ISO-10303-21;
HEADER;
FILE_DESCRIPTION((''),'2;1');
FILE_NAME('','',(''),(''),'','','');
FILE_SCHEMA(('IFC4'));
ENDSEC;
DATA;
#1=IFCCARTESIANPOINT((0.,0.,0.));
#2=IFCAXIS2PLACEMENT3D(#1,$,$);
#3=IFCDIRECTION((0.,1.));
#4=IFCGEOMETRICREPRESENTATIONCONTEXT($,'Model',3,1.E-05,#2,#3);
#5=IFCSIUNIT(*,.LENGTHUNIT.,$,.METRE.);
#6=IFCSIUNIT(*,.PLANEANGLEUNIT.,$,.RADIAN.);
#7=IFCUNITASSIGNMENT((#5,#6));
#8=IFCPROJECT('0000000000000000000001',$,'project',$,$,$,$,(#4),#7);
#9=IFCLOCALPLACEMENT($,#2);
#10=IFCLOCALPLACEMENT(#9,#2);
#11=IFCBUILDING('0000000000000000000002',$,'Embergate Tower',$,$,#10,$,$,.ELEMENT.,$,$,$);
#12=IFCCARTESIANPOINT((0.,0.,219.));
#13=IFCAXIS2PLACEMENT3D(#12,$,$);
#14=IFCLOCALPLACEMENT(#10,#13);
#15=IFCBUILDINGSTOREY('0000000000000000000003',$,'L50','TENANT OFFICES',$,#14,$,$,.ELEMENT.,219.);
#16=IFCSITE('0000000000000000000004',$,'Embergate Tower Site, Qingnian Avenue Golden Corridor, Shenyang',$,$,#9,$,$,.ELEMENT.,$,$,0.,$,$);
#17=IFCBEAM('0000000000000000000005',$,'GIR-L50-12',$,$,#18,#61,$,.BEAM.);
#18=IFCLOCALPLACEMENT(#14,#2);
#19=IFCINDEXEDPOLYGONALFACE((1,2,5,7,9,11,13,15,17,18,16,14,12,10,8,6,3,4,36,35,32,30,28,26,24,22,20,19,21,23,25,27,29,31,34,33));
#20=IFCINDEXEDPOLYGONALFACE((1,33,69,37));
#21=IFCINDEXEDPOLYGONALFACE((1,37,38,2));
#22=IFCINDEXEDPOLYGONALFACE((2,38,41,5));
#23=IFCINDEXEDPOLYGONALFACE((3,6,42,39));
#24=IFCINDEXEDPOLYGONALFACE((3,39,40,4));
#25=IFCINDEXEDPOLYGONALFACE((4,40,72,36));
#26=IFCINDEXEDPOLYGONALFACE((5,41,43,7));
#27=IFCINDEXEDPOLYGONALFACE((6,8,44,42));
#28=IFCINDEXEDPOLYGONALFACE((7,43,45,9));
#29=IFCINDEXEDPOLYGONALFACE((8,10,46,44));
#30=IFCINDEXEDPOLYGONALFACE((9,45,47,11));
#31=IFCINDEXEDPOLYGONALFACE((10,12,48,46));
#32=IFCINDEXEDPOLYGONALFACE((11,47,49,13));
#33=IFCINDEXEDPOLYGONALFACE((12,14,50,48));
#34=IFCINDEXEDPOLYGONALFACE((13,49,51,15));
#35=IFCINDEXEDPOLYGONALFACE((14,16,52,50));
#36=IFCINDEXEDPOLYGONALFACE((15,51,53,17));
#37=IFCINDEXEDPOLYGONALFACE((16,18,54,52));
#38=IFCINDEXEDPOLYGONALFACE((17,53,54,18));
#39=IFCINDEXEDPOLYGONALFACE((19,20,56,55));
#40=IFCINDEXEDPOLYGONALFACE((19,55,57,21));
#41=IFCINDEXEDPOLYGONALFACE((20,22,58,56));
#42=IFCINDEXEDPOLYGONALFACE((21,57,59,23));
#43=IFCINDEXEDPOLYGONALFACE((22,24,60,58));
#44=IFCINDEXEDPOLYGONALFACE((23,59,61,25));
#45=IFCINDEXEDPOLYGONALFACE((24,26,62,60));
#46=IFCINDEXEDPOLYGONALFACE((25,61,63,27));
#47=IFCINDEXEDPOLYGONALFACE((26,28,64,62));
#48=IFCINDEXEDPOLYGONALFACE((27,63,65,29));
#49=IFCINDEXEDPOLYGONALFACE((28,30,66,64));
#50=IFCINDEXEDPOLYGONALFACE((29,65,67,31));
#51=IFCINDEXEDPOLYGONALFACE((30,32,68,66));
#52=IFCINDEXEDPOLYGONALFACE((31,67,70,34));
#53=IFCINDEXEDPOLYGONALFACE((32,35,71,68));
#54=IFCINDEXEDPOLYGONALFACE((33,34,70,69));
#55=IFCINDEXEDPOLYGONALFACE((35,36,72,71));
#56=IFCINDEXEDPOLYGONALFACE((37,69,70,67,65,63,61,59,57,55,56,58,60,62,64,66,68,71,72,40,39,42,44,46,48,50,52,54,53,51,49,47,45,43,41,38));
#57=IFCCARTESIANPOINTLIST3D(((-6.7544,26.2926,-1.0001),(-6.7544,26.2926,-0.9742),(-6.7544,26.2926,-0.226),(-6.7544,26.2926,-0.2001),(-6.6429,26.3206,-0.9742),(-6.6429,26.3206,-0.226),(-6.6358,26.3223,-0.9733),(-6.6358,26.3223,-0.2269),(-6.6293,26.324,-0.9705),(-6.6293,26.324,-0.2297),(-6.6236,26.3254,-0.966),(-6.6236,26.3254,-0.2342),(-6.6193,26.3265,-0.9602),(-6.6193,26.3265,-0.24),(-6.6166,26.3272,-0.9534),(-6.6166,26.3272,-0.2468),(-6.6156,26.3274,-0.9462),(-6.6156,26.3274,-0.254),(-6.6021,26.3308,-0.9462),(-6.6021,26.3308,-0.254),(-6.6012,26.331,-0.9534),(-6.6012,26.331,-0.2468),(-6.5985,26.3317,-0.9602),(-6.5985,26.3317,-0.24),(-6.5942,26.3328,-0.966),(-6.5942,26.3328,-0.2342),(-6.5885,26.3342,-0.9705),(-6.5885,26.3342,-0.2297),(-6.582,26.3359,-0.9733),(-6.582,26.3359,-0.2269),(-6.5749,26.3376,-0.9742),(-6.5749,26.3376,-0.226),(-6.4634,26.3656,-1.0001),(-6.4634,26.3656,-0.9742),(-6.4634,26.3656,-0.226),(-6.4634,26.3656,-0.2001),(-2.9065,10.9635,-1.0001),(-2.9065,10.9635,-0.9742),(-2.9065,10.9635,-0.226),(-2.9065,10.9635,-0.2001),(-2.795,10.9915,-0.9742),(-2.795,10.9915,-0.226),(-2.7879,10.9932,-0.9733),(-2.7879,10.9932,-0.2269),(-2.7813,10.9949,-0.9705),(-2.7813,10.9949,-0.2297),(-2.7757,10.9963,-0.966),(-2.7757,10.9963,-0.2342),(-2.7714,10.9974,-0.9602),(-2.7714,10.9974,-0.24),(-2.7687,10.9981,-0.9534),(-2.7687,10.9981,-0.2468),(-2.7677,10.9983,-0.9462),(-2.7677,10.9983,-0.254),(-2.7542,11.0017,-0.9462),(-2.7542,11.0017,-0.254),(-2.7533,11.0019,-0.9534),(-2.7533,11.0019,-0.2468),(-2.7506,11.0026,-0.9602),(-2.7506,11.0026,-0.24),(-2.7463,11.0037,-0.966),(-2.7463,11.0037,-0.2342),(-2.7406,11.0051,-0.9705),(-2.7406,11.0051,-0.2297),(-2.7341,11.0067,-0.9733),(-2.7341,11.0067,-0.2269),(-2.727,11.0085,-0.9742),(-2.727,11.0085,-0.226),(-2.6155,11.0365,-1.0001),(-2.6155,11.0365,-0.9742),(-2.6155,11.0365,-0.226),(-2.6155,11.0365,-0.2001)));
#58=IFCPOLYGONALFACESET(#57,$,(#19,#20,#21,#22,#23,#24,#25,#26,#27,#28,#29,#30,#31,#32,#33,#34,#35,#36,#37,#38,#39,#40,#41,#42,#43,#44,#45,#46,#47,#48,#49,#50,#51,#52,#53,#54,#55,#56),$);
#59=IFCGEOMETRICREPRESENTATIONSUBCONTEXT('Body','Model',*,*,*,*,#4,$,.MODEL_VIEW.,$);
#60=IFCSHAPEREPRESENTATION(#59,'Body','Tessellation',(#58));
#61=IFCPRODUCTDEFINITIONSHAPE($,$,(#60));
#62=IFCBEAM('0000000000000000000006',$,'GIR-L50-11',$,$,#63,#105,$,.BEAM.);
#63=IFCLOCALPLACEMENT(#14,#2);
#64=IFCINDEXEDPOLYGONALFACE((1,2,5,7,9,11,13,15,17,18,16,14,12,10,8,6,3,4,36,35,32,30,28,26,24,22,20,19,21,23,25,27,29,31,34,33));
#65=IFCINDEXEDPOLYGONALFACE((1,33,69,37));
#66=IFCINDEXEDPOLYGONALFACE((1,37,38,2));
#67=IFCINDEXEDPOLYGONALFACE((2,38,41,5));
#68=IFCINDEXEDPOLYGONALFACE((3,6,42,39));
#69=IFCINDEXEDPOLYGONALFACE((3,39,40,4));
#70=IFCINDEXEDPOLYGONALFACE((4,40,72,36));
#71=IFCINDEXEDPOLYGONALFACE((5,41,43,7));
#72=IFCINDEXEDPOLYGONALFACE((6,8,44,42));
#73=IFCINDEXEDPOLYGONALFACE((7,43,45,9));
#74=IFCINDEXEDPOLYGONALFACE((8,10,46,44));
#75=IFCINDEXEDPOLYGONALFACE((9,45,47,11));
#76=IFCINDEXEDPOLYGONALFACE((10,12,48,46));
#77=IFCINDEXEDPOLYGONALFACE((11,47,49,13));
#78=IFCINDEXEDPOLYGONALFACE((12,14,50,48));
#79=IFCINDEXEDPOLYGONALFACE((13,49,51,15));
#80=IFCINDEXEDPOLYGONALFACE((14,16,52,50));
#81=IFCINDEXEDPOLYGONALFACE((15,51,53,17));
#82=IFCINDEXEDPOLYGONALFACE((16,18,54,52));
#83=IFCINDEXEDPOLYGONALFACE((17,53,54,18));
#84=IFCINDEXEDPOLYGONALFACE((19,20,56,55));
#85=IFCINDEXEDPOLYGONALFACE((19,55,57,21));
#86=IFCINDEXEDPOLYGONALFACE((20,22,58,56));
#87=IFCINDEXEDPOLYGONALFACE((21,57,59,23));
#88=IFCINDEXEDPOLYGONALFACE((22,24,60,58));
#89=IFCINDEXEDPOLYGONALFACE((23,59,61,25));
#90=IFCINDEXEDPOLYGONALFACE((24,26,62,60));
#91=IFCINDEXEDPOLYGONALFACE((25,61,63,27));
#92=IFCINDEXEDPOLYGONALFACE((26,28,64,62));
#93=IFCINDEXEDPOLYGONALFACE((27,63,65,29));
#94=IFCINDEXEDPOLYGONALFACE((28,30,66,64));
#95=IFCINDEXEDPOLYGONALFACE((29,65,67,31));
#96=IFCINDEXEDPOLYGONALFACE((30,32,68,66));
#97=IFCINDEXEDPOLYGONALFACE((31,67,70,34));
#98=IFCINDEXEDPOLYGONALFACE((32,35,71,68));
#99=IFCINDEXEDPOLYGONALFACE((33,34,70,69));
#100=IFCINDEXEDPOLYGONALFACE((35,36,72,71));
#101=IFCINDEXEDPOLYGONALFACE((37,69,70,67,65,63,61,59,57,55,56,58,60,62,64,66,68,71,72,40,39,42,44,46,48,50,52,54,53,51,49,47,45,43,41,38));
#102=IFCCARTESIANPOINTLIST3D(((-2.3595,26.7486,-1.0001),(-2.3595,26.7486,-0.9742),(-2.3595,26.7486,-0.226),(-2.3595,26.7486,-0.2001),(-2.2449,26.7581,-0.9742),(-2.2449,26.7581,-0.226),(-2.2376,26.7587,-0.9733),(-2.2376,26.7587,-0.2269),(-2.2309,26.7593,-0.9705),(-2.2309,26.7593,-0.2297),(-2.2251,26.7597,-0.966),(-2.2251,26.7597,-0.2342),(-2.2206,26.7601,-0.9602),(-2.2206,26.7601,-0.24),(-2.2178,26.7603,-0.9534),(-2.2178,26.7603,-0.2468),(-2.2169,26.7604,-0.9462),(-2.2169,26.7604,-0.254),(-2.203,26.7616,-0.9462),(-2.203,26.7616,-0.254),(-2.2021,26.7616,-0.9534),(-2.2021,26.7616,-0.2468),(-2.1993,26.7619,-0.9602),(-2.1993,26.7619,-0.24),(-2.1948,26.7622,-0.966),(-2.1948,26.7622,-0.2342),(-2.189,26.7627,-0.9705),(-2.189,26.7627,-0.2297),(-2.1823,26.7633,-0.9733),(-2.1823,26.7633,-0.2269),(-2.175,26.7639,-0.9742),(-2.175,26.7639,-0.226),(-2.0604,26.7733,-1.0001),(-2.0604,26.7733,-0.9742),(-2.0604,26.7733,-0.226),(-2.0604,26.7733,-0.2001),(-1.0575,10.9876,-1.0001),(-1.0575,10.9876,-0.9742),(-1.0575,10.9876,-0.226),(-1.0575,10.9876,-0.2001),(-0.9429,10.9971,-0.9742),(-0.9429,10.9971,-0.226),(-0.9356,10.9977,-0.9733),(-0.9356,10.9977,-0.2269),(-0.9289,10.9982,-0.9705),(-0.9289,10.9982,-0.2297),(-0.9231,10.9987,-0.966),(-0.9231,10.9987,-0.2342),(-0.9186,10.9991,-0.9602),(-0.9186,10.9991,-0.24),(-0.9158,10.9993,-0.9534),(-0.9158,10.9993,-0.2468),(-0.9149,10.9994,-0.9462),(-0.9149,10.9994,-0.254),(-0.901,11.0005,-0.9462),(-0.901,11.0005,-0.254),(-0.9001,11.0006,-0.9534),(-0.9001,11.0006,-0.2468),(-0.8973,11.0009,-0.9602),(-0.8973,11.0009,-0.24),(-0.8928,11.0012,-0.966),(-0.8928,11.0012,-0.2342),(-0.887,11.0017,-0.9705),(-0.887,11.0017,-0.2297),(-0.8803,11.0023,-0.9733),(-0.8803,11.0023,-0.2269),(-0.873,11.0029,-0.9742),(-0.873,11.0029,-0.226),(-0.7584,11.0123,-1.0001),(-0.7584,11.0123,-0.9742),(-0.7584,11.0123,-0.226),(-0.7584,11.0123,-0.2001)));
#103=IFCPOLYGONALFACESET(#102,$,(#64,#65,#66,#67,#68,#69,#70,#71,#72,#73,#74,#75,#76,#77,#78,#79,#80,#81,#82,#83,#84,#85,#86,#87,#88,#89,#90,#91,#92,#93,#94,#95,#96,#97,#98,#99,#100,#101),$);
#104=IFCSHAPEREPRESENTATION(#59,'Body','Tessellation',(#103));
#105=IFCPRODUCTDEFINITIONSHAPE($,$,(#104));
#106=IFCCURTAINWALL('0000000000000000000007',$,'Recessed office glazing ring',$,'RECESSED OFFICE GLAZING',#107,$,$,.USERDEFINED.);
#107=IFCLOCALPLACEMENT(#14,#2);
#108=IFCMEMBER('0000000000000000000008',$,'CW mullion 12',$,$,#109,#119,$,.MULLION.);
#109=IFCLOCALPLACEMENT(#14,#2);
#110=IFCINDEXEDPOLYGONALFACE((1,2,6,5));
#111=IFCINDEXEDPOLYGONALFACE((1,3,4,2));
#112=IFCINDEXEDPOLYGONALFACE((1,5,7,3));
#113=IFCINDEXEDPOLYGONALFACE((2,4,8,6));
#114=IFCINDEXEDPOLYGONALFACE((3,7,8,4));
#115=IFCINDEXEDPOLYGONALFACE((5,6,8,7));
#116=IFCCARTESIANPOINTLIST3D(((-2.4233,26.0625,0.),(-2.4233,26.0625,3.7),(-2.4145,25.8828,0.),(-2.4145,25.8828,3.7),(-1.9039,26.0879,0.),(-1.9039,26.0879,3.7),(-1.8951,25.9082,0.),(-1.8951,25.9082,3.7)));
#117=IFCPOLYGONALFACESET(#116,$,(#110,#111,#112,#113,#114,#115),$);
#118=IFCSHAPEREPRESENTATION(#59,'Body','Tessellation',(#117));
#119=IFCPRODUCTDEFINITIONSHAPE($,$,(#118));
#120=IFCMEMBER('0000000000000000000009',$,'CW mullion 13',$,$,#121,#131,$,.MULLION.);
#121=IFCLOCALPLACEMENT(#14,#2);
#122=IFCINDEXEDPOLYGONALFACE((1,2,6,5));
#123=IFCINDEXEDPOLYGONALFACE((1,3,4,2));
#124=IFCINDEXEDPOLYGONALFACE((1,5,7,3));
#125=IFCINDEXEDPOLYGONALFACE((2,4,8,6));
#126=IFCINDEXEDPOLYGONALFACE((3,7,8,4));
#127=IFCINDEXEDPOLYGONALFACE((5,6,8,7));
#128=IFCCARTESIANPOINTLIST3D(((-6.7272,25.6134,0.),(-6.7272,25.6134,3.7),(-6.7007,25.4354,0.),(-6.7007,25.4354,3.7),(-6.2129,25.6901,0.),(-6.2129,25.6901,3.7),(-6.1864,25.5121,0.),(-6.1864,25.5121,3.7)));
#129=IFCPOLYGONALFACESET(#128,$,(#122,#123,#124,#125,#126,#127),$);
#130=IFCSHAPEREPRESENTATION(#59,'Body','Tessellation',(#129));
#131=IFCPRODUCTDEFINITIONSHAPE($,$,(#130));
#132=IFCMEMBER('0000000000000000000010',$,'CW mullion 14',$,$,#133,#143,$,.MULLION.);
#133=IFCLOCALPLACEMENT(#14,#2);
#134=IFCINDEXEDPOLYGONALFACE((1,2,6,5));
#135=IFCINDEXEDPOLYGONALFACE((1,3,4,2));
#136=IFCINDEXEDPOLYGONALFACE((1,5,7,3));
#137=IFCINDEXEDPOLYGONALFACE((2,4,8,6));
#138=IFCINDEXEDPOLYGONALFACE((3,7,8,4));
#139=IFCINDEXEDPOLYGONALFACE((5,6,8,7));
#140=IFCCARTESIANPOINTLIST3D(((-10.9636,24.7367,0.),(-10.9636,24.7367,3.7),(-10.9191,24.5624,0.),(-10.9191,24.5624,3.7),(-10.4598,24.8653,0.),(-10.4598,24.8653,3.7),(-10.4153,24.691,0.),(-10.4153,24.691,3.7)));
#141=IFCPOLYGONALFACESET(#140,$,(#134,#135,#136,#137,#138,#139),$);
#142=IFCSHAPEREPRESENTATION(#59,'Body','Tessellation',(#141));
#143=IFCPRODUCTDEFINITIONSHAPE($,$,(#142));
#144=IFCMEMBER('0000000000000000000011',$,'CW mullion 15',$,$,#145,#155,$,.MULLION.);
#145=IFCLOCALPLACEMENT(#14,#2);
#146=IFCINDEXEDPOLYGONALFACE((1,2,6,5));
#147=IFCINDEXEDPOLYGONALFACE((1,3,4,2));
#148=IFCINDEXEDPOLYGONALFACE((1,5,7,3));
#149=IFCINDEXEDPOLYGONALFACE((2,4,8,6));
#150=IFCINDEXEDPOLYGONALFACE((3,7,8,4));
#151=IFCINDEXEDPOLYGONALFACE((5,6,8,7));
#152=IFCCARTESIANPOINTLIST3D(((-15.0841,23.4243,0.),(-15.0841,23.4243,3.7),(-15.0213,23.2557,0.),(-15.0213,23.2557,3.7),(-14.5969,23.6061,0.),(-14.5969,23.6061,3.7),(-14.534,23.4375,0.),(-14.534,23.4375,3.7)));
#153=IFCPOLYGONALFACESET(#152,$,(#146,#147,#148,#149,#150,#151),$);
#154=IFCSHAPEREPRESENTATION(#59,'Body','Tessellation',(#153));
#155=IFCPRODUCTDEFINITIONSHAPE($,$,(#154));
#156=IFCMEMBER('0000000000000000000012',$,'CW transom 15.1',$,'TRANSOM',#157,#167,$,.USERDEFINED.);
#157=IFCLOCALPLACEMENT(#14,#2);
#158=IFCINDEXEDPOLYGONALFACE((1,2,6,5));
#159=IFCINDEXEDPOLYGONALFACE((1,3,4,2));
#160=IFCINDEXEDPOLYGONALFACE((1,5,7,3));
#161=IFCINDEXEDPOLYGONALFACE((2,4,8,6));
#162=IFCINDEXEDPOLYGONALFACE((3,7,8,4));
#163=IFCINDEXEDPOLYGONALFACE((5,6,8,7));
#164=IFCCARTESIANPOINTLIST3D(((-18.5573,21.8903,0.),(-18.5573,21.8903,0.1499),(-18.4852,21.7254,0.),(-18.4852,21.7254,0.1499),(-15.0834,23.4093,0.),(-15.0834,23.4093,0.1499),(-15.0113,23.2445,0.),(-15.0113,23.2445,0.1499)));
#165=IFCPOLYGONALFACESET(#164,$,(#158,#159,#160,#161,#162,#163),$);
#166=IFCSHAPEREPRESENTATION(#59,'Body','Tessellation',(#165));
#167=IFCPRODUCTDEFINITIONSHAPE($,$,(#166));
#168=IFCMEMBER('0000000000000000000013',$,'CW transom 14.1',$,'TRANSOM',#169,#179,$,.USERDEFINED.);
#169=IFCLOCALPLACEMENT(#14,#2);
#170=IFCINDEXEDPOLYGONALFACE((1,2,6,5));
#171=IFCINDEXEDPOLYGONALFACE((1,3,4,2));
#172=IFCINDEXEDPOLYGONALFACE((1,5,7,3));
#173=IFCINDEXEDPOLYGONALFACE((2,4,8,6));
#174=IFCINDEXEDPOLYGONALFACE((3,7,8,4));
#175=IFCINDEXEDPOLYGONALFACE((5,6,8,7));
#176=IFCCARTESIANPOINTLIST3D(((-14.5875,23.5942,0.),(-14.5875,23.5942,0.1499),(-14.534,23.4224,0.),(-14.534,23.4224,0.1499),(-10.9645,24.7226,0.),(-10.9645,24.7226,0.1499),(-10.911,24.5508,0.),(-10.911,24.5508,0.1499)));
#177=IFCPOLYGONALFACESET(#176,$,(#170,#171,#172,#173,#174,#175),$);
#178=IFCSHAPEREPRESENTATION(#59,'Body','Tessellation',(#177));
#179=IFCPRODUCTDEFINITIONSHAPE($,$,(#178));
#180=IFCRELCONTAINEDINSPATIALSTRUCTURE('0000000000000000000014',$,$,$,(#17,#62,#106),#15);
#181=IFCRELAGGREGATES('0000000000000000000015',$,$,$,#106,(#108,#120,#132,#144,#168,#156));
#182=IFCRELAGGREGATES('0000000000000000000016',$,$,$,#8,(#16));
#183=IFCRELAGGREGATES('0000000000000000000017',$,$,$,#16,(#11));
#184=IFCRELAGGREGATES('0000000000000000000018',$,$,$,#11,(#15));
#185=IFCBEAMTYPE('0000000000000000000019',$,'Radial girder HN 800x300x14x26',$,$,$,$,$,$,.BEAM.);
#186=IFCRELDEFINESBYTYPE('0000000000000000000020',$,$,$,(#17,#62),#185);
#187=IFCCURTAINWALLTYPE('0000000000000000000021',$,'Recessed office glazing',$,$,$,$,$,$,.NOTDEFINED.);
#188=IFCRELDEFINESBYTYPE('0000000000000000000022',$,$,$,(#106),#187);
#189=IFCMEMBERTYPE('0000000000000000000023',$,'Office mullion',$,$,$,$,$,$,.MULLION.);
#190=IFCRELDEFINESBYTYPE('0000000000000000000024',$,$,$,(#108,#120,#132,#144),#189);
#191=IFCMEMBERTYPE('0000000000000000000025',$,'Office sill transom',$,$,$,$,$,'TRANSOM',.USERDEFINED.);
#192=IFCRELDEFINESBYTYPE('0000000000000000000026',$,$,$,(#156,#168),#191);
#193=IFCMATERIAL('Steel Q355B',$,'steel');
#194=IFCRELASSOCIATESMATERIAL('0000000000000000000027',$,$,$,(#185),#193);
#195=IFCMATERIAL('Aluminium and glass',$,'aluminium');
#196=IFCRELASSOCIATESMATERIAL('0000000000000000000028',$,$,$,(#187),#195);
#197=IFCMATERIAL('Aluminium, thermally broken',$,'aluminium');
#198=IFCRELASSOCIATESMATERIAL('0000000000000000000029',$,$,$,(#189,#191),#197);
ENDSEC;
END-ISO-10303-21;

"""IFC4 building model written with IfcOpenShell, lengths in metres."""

from ifc_helpers import new_model, si_unit, direction, frame, origin, origin_2d, place, context, subcontext, project, spatial, rectangle, i_section, extrude, source, transform, mapped, material, material_profile, profile_set, type_object, element, aggregate, save


model = new_model("IFC4")

# Units and contexts
model_context = context("Model", 3, precision=1e-05, world=origin(), true_north=direction((0.0, 1.0)))
body_context = subcontext(model_context, "Body", "Model", "MODEL_VIEW")
ifc_project = project(units=[si_unit("LENGTHUNIT", "METRE"), si_unit("PLANEANGLEUNIT", "RADIAN")], contexts=[model_context])

# Site, building, storey
site_placement = place(None, origin())
site = spatial("IfcSite", under=ifc_project, at=site_placement, Name="Embergate Tower Site, Qingnian Avenue Golden Corridor, Shenyang", CompositionType="ELEMENT", RefElevation=0.0)
building_placement = place(site_placement, origin())
building = spatial("IfcBuilding", under=site, at=building_placement, Name="Embergate Tower", CompositionType="ELEMENT")
storey_placement = place(building_placement, frame((0.0, 0.0, 219.0)))
storey = spatial("IfcBuildingStorey", under=building, at=storey_placement, Name="L50", Description="TENANT OFFICES", CompositionType="ELEMENT", Elevation=219.0)

# Beams
ifc_material_1 = material(Name="Steel Q355B", Category="steel")
ifc_material_profile_1 = material_profile(ifc_material_1, i_section(OverallWidth=0.3, OverallDepth=0.8, WebThickness=0.0139, FlangeThickness=0.0259, FilletRadius=0.0281, at=origin_2d()), Name="HN 800x300x14x26")
ifc_profile_set_1 = profile_set([ifc_material_profile_1], Name="Steel Q355 grade B")
beam_type_1 = type_object("IfcBeamType", Name="Radial girder HN 800x300x14x26", PredefinedType="BEAM", material=ifc_profile_set_1)
shared_shape_1 = source(origin(), body_context, "Body", "SweptSolid", [
    extrude(i_section(OverallWidth=0.3, OverallDepth=0.8, WebThickness=0.0139, FlangeThickness=0.0259, FilletRadius=0.0281, at=origin_2d()), origin(), (0.0, 0.0, 1.0), 15.8047),
])
beam_1_placement = place(storey_placement, frame((-6.6089, 26.3291, -0.6001), z_axis=(0.243466, -0.969909, 0.0), x_axis=(0.969909, 0.243466, 0.0)))
element("IfcBeam", 1, at=beam_1_placement, inside=storey, type_object=beam_type_1, Name="GIR-L50-12", PredefinedType="BEAM", context=body_context, shape_type="MappedRepresentation", body=[
    mapped(shared_shape_1, transform((0.0, 0.0, 0.0))),
])
shared_shape_2 = source(origin(), body_context, "Body", "SweptSolid", [
    extrude(i_section(OverallWidth=0.3, OverallDepth=0.8, WebThickness=0.0139, FlangeThickness=0.0259, FilletRadius=0.0281, at=origin_2d()), origin(), (0.0, 0.0, 1.0), 15.8147),
])
beam_2_placement = place(storey_placement, frame((-2.21, 26.761, -0.6001), z_axis=(0.082329, -0.996605, 0.0), x_axis=(0.996605, 0.082329, 0.0)))
element("IfcBeam", 2, at=beam_2_placement, inside=storey, type_object=beam_type_1, Name="GIR-L50-11", PredefinedType="BEAM", context=body_context, shape_type="MappedRepresentation", body=[
    mapped(shared_shape_2, transform((0.0, 0.0, 0.0))),
])

# Curtain wall, members
ifc_material_2 = material(Name="Aluminium and glass", Category="aluminium")
curtain_wall_type = type_object("IfcCurtainWallType", Name="Recessed office glazing", PredefinedType="NOTDEFINED", material=ifc_material_2)
curtain_wall_placement = place(storey_placement, origin())
curtain_wall = element("IfcCurtainWall", 3, at=curtain_wall_placement, inside=storey, type_object=curtain_wall_type, Name="Recessed office glazing ring", ObjectType="RECESSED OFFICE GLAZING", PredefinedType="USERDEFINED")
ifc_material_3 = material(Name="Aluminium, thermally broken", Category="aluminium")
ifc_material_profile_2 = material_profile(ifc_material_3, rectangle(XDim=0.1799, YDim=0.52, at=origin_2d()), Name="AL 520x180")
ifc_profile_set_2 = profile_set([ifc_material_profile_2], Name="Aluminium, thermally broken")
member_type_1 = type_object("IfcMemberType", Name="Office mullion", PredefinedType="MULLION", material=ifc_profile_set_2)
shared_shape_3 = source(origin(), body_context, "Body", "SweptSolid", [
    extrude(rectangle(XDim=0.1799, YDim=0.52, at=origin_2d()), origin(), (0.0, 0.0, 1.0), 3.7),
])
member_1_placement = place(storey_placement, frame((-2.1592, 25.9854, 0.0), z_axis=(0.0, 0.0, 1.0), x_axis=(0.048972, -0.9988, 0.0)))
member_1 = element("IfcMember", 4, at=member_1_placement, type_object=member_type_1, Name="CW mullion 12", PredefinedType="MULLION", context=body_context, shape_type="MappedRepresentation", body=[
    mapped(shared_shape_3, transform((0.0, 0.0, 0.0))),
])
member_2_placement = place(storey_placement, frame((-6.4568, 25.5627, 0.0), z_axis=(0.0, 0.0, 1.0), x_axis=(0.147414, -0.989075, 0.0)))
member_2 = element("IfcMember", 5, at=member_2_placement, type_object=member_type_1, Name="CW mullion 13", PredefinedType="MULLION", context=body_context, shape_type="MappedRepresentation", body=[
    mapped(shared_shape_3, transform((0.0, 0.0, 0.0))),
])
member_3_placement = place(storey_placement, frame((-10.6895, 24.7139, 0.0), z_axis=(0.0, 0.0, 1.0), x_axis=(0.247314, -0.968935, 0.0)))
member_3 = element("IfcMember", 6, at=member_3_placement, type_object=member_type_1, Name="CW mullion 14", PredefinedType="MULLION", context=body_context, shape_type="MappedRepresentation", body=[
    mapped(shared_shape_3, transform((0.0, 0.0, 0.0))),
])
member_4_placement = place(storey_placement, frame((-14.8091, 23.4309, 0.0), z_axis=(0.0, 0.0, 1.0), x_axis=(0.349504, -0.936935, 0.0)))
member_4 = element("IfcMember", 7, at=member_4_placement, type_object=member_type_1, Name="CW mullion 15", PredefinedType="MULLION", context=body_context, shape_type="MappedRepresentation", body=[
    mapped(shared_shape_3, transform((0.0, 0.0, 0.0))),
])
ifc_material_profile_3 = material_profile(ifc_material_3, rectangle(XDim=0.1799, YDim=0.1499, at=origin_2d()), Name="AL 150x180")
ifc_profile_set_3 = profile_set([ifc_material_profile_3], Name="Aluminium, thermally broken")
member_type_2 = type_object("IfcMemberType", Name="Office sill transom", ElementType="TRANSOM", PredefinedType="USERDEFINED", material=ifc_profile_set_3)
shared_shape_4 = source(origin(), body_context, "Body", "SweptSolid", [
    extrude(rectangle(XDim=0.1799, YDim=0.1499, at=origin_2d()), origin(), (0.0, 0.0, 1.0), 3.7915),
])
member_5_placement = place(storey_placement, frame((-15.0474, 23.3269, 0.075), z_axis=(-0.916233, -0.400647, 0.0), x_axis=(0.400647, -0.916233, 0.0)))
member_5 = element("IfcMember", 8, at=member_5_placement, type_object=member_type_2, Name="CW transom 15.1", ObjectType="TRANSOM", PredefinedType="USERDEFINED", context=body_context, shape_type="MappedRepresentation", body=[
    mapped(shared_shape_4, transform((0.0, 0.0, 0.0))),
])
shared_shape_5 = source(origin(), body_context, "Body", "SweptSolid", [
    extrude(rectangle(XDim=0.1799, YDim=0.1499, at=origin_2d()), origin(), (0.0, 0.0, 1.0), 3.7947),
])
member_6_placement = place(storey_placement, frame((-10.9377, 24.6367, 0.075), z_axis=(-0.954763, -0.297366, 0.0), x_axis=(0.297366, -0.954763, 0.0)))
member_6 = element("IfcMember", 9, at=member_6_placement, type_object=member_type_2, Name="CW transom 14.1", ObjectType="TRANSOM", PredefinedType="USERDEFINED", context=body_context, shape_type="MappedRepresentation", body=[
    mapped(shared_shape_5, transform((0.0, 0.0, 0.0))),
])
aggregate(curtain_wall, [member_1, member_2, member_3, member_4, member_6, member_5])

save(model, "model.ifc")
